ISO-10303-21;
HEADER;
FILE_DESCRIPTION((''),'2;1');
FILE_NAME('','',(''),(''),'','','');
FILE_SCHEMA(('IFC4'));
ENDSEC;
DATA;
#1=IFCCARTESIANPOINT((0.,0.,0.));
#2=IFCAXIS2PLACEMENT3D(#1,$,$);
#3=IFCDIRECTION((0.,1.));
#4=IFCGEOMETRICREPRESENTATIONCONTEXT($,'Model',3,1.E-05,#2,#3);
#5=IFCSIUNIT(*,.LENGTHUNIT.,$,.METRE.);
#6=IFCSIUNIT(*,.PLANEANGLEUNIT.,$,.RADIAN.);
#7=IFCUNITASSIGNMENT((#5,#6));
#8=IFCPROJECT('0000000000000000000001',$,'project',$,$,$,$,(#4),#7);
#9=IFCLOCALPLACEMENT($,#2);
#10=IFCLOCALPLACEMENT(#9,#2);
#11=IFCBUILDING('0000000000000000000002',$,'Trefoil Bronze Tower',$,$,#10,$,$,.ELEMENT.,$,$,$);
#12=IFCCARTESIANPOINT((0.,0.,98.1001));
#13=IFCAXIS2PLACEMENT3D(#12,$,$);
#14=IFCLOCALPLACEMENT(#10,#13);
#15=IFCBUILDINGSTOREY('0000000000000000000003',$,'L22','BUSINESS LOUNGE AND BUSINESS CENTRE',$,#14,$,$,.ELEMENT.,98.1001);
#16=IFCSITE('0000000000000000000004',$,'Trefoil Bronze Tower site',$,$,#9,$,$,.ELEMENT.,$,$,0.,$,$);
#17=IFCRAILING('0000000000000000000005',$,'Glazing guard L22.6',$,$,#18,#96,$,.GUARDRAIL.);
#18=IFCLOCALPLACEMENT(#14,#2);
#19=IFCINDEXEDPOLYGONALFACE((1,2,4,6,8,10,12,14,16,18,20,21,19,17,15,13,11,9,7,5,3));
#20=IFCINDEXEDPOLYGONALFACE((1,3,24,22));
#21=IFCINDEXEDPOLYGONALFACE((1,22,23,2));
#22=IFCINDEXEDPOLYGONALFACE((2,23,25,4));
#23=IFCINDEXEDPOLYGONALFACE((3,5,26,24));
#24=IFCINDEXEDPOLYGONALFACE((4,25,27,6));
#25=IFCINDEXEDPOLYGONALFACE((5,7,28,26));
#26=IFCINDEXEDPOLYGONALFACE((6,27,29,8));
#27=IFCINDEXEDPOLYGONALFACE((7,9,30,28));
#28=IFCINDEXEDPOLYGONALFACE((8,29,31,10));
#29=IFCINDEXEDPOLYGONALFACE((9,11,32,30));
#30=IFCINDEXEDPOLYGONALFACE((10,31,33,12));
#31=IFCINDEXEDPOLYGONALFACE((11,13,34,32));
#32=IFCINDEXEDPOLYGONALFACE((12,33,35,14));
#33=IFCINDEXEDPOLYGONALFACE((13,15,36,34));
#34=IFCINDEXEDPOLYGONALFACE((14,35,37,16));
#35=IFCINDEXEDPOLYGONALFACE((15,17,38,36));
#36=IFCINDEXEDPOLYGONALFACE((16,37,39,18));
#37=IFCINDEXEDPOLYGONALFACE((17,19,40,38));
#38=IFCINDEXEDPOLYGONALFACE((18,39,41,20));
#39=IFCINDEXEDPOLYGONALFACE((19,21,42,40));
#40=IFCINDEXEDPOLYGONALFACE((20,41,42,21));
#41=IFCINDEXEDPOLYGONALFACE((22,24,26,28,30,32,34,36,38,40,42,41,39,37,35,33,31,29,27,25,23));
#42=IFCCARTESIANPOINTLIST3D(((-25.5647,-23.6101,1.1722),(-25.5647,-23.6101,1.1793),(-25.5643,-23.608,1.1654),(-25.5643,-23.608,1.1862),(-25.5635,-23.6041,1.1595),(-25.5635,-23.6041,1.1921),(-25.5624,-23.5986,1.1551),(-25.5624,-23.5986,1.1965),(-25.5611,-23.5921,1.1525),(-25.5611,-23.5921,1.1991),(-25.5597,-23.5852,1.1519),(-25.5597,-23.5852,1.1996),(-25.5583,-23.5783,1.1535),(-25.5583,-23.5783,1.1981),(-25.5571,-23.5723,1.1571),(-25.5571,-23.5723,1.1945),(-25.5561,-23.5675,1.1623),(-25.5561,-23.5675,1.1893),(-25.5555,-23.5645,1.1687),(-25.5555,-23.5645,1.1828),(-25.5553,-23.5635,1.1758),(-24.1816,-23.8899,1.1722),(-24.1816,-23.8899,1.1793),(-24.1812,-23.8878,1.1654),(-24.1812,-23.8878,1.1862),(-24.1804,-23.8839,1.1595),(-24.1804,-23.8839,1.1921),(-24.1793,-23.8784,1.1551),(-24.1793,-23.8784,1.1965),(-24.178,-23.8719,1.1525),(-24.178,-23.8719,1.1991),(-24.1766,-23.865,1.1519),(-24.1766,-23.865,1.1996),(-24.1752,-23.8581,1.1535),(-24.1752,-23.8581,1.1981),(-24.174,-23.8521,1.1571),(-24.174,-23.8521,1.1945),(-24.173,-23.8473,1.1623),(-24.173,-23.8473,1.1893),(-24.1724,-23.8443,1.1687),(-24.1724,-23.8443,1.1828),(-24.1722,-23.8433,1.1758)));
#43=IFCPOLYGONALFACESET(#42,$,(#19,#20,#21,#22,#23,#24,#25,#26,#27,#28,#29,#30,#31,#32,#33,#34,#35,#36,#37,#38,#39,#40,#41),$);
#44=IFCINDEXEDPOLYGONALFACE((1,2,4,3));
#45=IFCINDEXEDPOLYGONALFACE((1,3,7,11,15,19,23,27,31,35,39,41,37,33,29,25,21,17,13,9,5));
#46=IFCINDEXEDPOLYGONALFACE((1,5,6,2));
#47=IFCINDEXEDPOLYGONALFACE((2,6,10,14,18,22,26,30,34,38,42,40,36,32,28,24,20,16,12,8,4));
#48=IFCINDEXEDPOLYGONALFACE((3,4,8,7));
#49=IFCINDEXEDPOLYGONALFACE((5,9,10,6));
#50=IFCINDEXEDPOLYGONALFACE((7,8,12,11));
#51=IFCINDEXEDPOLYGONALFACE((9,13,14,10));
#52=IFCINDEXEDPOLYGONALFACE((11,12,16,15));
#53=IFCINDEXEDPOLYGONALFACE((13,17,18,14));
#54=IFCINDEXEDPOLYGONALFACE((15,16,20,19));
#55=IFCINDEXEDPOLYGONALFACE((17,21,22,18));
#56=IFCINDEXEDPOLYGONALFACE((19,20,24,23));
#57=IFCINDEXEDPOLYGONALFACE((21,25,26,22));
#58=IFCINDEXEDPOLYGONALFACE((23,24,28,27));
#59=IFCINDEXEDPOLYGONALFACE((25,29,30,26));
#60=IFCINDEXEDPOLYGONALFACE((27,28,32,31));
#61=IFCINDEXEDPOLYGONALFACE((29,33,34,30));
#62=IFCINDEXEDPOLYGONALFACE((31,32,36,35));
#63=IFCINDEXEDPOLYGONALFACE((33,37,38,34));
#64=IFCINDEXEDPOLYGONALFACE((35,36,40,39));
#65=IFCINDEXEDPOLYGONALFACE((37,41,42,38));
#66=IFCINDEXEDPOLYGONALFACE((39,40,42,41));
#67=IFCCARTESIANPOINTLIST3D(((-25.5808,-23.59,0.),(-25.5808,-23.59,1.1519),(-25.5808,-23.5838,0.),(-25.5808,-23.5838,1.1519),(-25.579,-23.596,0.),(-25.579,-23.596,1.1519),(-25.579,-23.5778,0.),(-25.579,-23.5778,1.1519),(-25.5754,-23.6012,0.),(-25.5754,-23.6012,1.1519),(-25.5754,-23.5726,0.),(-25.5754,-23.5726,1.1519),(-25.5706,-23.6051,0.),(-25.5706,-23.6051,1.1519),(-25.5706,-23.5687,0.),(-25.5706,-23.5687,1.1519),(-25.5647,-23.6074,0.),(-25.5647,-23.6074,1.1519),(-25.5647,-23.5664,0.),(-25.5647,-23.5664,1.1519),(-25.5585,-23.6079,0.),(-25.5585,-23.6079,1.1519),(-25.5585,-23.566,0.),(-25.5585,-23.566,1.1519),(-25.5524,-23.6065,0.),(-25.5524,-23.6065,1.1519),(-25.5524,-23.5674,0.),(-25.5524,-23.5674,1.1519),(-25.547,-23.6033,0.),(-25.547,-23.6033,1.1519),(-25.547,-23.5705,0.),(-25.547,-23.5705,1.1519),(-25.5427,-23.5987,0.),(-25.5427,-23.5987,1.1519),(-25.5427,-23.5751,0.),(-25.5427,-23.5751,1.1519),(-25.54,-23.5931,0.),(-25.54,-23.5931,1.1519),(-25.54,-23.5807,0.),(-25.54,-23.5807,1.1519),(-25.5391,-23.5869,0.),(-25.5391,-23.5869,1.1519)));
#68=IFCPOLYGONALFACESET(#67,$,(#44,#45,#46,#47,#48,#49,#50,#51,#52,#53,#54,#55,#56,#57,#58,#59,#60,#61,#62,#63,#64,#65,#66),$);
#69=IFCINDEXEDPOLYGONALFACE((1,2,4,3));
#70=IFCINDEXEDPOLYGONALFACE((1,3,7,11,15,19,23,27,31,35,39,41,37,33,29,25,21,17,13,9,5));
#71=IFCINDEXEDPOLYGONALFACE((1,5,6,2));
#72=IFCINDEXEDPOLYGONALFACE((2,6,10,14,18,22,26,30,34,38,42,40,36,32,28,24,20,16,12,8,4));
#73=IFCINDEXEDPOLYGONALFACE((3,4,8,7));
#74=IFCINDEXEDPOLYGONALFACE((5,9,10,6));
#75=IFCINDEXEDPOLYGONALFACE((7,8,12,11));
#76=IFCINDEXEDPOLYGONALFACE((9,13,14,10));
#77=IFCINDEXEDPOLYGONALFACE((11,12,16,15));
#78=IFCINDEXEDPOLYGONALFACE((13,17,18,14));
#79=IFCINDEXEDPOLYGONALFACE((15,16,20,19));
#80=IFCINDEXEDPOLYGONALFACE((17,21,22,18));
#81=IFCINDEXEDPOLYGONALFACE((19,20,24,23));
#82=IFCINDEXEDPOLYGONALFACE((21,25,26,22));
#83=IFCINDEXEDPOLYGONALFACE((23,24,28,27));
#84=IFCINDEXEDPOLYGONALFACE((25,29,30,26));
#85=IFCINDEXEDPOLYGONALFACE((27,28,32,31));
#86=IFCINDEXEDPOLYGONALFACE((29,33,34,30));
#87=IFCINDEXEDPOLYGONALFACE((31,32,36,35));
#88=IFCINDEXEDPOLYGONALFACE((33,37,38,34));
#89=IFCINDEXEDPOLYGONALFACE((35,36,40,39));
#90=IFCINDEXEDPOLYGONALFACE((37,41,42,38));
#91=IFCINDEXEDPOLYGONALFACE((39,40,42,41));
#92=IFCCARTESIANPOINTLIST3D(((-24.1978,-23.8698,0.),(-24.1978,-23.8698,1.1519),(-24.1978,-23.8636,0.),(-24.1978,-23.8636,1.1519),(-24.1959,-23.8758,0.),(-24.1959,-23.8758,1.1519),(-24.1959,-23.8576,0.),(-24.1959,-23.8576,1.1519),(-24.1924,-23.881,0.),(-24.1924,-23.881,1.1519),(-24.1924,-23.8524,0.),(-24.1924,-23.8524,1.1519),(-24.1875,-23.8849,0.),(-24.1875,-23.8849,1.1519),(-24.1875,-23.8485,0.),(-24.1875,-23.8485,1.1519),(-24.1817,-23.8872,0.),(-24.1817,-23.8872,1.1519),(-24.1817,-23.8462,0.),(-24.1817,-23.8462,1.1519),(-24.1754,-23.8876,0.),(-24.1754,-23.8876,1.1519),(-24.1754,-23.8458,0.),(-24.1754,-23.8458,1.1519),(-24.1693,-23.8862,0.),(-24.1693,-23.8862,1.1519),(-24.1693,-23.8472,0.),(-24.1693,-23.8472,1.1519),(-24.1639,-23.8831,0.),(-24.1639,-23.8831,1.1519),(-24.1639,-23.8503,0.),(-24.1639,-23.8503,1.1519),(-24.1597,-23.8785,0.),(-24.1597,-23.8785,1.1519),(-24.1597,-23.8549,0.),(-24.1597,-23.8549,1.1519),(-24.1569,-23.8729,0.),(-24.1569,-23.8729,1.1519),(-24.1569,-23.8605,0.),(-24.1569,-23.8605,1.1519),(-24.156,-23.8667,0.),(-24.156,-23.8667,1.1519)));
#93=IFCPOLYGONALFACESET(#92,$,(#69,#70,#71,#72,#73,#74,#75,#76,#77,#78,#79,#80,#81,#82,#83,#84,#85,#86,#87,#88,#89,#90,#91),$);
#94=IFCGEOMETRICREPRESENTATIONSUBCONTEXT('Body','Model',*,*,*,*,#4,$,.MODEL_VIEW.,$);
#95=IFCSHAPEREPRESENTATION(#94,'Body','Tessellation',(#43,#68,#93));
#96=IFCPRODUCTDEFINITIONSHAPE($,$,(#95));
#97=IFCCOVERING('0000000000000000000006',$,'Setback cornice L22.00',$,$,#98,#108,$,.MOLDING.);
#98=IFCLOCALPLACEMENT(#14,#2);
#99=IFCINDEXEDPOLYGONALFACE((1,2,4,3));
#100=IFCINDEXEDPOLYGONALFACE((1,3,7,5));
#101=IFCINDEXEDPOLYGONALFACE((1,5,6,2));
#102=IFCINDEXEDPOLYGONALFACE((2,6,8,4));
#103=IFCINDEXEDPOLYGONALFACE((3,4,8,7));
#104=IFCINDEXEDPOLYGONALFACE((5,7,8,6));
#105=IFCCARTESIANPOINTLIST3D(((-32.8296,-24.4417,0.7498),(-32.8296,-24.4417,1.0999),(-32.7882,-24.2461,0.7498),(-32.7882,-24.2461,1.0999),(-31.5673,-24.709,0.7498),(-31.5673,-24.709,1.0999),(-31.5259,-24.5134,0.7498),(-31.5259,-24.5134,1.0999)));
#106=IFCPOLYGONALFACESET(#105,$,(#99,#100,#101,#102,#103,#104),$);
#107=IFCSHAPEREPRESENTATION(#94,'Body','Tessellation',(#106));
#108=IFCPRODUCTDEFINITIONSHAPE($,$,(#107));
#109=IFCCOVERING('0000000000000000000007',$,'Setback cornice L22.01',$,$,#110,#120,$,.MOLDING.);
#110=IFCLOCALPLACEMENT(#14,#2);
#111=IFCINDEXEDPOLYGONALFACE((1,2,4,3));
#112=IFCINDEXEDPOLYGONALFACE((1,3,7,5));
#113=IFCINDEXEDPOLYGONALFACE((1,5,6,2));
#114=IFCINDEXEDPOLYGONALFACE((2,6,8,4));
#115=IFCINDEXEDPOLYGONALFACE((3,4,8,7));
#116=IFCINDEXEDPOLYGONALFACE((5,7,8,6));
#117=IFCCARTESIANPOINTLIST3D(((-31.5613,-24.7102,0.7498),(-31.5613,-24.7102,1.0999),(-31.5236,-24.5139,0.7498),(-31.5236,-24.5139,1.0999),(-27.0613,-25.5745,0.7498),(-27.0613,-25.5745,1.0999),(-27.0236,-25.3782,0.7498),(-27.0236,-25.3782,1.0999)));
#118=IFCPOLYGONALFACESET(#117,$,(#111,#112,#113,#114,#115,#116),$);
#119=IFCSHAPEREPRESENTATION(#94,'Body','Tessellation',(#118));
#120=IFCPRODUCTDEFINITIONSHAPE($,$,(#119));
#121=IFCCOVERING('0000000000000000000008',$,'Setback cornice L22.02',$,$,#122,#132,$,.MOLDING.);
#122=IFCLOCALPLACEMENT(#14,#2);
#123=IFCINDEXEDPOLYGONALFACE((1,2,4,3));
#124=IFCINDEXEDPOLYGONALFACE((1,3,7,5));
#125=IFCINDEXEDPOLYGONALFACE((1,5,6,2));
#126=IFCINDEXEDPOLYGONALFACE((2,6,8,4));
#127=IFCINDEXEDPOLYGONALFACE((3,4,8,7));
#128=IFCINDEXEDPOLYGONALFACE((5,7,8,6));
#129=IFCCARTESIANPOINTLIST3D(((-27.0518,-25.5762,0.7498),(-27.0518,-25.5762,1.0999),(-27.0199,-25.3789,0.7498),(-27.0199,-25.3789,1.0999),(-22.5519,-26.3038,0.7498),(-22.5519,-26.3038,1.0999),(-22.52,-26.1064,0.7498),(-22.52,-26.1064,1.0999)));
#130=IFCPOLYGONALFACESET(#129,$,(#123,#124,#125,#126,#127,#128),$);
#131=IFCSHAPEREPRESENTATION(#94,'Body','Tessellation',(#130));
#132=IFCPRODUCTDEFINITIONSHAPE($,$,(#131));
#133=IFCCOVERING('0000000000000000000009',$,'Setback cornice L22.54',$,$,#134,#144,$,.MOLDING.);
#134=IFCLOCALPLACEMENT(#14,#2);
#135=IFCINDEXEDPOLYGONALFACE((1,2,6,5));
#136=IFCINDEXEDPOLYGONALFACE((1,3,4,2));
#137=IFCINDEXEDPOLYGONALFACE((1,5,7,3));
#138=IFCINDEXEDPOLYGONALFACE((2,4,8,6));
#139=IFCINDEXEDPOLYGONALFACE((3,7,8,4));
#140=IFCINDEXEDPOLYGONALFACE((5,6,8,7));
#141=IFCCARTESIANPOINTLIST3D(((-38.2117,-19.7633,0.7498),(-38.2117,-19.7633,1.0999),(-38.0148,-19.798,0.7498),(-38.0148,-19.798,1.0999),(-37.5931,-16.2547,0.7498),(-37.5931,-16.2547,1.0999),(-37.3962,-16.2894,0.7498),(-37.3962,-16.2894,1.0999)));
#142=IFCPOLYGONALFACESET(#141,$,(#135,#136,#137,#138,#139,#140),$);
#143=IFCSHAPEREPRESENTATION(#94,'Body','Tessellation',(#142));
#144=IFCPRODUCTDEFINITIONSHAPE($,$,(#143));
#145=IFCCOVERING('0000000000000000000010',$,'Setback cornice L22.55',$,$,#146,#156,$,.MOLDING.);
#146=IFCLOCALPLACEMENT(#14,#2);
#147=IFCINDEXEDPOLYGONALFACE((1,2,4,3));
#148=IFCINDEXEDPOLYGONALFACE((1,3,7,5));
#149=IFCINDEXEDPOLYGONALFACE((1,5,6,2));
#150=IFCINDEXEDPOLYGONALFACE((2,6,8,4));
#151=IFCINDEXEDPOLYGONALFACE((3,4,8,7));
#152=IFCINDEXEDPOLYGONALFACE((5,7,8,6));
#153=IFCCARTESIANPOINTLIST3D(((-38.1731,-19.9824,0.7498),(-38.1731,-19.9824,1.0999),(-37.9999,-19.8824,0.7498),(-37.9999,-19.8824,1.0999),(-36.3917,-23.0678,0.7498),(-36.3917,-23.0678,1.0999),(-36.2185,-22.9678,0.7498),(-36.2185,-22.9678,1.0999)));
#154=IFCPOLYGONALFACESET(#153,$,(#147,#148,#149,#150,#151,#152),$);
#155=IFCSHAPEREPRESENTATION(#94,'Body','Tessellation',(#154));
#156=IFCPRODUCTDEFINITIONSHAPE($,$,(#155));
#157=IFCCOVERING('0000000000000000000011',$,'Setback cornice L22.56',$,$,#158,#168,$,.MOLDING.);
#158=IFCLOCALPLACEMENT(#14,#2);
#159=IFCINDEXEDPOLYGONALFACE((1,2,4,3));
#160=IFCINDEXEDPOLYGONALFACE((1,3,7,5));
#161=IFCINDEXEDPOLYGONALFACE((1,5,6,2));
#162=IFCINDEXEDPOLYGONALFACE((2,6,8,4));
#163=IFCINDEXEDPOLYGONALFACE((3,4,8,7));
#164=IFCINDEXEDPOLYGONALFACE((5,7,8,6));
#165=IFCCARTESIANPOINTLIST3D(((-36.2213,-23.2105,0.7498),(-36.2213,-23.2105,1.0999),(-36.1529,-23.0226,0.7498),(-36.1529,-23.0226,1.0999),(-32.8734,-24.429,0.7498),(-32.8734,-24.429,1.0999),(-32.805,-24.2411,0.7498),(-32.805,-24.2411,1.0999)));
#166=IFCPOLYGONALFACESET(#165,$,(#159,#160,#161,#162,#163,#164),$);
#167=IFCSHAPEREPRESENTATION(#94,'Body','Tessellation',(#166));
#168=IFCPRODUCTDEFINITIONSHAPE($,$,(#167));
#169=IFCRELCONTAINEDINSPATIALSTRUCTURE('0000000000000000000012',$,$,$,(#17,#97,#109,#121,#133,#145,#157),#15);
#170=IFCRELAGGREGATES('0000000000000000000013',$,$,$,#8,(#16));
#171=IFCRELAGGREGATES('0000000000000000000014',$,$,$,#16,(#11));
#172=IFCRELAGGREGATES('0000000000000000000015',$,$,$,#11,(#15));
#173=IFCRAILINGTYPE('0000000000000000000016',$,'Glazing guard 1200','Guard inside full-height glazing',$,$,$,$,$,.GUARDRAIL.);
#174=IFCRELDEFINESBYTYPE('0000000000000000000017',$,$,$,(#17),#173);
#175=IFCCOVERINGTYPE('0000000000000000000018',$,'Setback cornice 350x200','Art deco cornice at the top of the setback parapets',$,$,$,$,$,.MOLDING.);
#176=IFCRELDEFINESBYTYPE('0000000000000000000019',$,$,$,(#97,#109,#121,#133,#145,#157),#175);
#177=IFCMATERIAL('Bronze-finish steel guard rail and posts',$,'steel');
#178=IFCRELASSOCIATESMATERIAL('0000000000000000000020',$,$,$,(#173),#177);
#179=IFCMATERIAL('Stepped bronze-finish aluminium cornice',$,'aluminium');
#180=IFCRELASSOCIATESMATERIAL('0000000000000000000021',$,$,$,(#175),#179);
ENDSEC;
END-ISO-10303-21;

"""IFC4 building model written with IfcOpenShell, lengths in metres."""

from ifc_helpers import new_model, si_unit, direction, frame, origin, origin_2d, place, context, subcontext, project, spatial, rectangle, circle, extrude, material, type_object, element, save


model = new_model("IFC4")

# Units and contexts
model_context = context("Model", 3, precision=1e-05, world=origin(), true_north=direction((0.0, 1.0)))
body_context = subcontext(model_context, "Body", "Model", "MODEL_VIEW")
ifc_project = project(units=[si_unit("LENGTHUNIT", "METRE"), si_unit("PLANEANGLEUNIT", "RADIAN")], contexts=[model_context])

# Site, building, storey
site_placement = place(None, origin())
site = spatial("IfcSite", under=ifc_project, at=site_placement, Name="Trefoil Bronze Tower site", CompositionType="ELEMENT", RefElevation=0.0)
building_placement = place(site_placement, origin())
building = spatial("IfcBuilding", under=site, at=building_placement, Name="Trefoil Bronze Tower", CompositionType="ELEMENT")
storey_placement = place(building_placement, frame((0.0, 0.0, 98.1001)))
storey = spatial("IfcBuildingStorey", under=building, at=storey_placement, Name="L22", Description="BUSINESS LOUNGE AND BUSINESS CENTRE", CompositionType="ELEMENT", Elevation=98.1001)

# Railing
ifc_material_1 = material(Name="Bronze-finish steel guard rail and posts", Category="steel")
railing_type_1 = type_object("IfcRailingType", Name="Glazing guard 1200", Description="Guard inside full-height glazing", PredefinedType="GUARDRAIL", material=ifc_material_1)
railing_1_placement = place(storey_placement, frame((-25.5601, -23.5869, 0.0)))
element("IfcRailing", 1, at=railing_1_placement, inside=storey, type_object=railing_type_1, Name="Glazing guard L22.6", PredefinedType="GUARDRAIL", context=body_context, shape_type="SweptSolid", body=[
    extrude(circle(Radius=0.0239, at=origin_2d()), frame((0.0, 0.0, 1.1758), z_axis=(0.980146, -0.198278, 0.0), x_axis=(0.198278, 0.980146, 0.0)), (0.0, 0.0, 1.0), 1.4111),
    extrude(circle(Radius=0.021, at=origin_2d()), origin(), (0.0, 0.0, 1.0), 1.1519),
    extrude(circle(Radius=0.021, at=origin_2d()), frame((1.3831, -0.2798, 0.0)), (0.0, 0.0, 1.0), 1.1519),
])

# Coverings
ifc_material_2 = material(Name="Stepped bronze-finish aluminium cornice", Category="aluminium")
covering_type = type_object("IfcCoveringType", Name="Setback cornice 350x200", Description="Art deco cornice at the top of the setback parapets", PredefinedType="MOLDING", material=ifc_material_2)
covering_1_placement = place(storey_placement, frame((-32.1777, -24.4775, 0.7498), z_axis=(0.0, 0.0, 1.0), x_axis=(0.978303, -0.207181, 0.0)))
element("IfcCovering", 2, at=covering_1_placement, inside=storey, type_object=covering_type, Name="Setback cornice L22.00", PredefinedType="MOLDING", context=body_context, shape_type="SweptSolid", body=[
    extrude(rectangle(XDim=1.2903, YDim=0.2, at=origin_2d()), origin(), (0.0, 0.0, 1.0), 0.3501),
])
covering_2_placement = place(storey_placement, frame((-29.2925, -25.0442, 0.7498), z_axis=(0.0, 0.0, 1.0), x_axis=(0.98205, -0.188622, 0.0)))
element("IfcCovering", 3, at=covering_2_placement, inside=storey, type_object=covering_type, Name="Setback cornice L22.01", PredefinedType="MOLDING", context=body_context, shape_type="SweptSolid", body=[
    extrude(rectangle(XDim=4.5823, YDim=0.2, at=origin_2d()), origin(), (0.0, 0.0, 1.0), 0.3501),
])
covering_3_placement = place(storey_placement, frame((-24.7859, -25.8413, 0.7498), z_axis=(0.0, 0.0, 1.0), x_axis=(0.987181, -0.159603, 0.0)))
element("IfcCovering", 4, at=covering_3_placement, inside=storey, type_object=covering_type, Name="Setback cornice L22.02", PredefinedType="MOLDING", context=body_context, shape_type="SweptSolid", body=[
    extrude(rectangle(XDim=4.5583, YDim=0.2, at=origin_2d()), origin(), (0.0, 0.0, 1.0), 0.3501),
])
for number, where, z_axis, x_axis, name in (
    (5, (-37.804, -18.0264, 0.7498), (0.0, 0.0, 1.0), (-0.173648, -0.984808, 0.0), "Setback cornice L22.54"),
    (6, (-37.1958, -21.4751, 0.7498), (0.0, 0.0, 1.0), (0.5, -0.866025, 0.0), "Setback cornice L22.55"),
    (7, (-34.5132, -23.7258, 0.7498), (0.0, 0.0, 1.0), (0.939693, -0.34202, 0.0), "Setback cornice L22.56"),
):
    element("IfcCovering", number, at=place(storey_placement, frame(where, z_axis=z_axis, x_axis=x_axis)), inside=storey, type_object=covering_type, Name=name, PredefinedType="MOLDING", context=body_context, shape_type="SweptSolid", body=[
        extrude(rectangle(XDim=3.5627, YDim=0.2, at=origin_2d()), origin(), (0.0, 0.0, 1.0), 0.3501),
    ])

save(model, "model.ifc")
